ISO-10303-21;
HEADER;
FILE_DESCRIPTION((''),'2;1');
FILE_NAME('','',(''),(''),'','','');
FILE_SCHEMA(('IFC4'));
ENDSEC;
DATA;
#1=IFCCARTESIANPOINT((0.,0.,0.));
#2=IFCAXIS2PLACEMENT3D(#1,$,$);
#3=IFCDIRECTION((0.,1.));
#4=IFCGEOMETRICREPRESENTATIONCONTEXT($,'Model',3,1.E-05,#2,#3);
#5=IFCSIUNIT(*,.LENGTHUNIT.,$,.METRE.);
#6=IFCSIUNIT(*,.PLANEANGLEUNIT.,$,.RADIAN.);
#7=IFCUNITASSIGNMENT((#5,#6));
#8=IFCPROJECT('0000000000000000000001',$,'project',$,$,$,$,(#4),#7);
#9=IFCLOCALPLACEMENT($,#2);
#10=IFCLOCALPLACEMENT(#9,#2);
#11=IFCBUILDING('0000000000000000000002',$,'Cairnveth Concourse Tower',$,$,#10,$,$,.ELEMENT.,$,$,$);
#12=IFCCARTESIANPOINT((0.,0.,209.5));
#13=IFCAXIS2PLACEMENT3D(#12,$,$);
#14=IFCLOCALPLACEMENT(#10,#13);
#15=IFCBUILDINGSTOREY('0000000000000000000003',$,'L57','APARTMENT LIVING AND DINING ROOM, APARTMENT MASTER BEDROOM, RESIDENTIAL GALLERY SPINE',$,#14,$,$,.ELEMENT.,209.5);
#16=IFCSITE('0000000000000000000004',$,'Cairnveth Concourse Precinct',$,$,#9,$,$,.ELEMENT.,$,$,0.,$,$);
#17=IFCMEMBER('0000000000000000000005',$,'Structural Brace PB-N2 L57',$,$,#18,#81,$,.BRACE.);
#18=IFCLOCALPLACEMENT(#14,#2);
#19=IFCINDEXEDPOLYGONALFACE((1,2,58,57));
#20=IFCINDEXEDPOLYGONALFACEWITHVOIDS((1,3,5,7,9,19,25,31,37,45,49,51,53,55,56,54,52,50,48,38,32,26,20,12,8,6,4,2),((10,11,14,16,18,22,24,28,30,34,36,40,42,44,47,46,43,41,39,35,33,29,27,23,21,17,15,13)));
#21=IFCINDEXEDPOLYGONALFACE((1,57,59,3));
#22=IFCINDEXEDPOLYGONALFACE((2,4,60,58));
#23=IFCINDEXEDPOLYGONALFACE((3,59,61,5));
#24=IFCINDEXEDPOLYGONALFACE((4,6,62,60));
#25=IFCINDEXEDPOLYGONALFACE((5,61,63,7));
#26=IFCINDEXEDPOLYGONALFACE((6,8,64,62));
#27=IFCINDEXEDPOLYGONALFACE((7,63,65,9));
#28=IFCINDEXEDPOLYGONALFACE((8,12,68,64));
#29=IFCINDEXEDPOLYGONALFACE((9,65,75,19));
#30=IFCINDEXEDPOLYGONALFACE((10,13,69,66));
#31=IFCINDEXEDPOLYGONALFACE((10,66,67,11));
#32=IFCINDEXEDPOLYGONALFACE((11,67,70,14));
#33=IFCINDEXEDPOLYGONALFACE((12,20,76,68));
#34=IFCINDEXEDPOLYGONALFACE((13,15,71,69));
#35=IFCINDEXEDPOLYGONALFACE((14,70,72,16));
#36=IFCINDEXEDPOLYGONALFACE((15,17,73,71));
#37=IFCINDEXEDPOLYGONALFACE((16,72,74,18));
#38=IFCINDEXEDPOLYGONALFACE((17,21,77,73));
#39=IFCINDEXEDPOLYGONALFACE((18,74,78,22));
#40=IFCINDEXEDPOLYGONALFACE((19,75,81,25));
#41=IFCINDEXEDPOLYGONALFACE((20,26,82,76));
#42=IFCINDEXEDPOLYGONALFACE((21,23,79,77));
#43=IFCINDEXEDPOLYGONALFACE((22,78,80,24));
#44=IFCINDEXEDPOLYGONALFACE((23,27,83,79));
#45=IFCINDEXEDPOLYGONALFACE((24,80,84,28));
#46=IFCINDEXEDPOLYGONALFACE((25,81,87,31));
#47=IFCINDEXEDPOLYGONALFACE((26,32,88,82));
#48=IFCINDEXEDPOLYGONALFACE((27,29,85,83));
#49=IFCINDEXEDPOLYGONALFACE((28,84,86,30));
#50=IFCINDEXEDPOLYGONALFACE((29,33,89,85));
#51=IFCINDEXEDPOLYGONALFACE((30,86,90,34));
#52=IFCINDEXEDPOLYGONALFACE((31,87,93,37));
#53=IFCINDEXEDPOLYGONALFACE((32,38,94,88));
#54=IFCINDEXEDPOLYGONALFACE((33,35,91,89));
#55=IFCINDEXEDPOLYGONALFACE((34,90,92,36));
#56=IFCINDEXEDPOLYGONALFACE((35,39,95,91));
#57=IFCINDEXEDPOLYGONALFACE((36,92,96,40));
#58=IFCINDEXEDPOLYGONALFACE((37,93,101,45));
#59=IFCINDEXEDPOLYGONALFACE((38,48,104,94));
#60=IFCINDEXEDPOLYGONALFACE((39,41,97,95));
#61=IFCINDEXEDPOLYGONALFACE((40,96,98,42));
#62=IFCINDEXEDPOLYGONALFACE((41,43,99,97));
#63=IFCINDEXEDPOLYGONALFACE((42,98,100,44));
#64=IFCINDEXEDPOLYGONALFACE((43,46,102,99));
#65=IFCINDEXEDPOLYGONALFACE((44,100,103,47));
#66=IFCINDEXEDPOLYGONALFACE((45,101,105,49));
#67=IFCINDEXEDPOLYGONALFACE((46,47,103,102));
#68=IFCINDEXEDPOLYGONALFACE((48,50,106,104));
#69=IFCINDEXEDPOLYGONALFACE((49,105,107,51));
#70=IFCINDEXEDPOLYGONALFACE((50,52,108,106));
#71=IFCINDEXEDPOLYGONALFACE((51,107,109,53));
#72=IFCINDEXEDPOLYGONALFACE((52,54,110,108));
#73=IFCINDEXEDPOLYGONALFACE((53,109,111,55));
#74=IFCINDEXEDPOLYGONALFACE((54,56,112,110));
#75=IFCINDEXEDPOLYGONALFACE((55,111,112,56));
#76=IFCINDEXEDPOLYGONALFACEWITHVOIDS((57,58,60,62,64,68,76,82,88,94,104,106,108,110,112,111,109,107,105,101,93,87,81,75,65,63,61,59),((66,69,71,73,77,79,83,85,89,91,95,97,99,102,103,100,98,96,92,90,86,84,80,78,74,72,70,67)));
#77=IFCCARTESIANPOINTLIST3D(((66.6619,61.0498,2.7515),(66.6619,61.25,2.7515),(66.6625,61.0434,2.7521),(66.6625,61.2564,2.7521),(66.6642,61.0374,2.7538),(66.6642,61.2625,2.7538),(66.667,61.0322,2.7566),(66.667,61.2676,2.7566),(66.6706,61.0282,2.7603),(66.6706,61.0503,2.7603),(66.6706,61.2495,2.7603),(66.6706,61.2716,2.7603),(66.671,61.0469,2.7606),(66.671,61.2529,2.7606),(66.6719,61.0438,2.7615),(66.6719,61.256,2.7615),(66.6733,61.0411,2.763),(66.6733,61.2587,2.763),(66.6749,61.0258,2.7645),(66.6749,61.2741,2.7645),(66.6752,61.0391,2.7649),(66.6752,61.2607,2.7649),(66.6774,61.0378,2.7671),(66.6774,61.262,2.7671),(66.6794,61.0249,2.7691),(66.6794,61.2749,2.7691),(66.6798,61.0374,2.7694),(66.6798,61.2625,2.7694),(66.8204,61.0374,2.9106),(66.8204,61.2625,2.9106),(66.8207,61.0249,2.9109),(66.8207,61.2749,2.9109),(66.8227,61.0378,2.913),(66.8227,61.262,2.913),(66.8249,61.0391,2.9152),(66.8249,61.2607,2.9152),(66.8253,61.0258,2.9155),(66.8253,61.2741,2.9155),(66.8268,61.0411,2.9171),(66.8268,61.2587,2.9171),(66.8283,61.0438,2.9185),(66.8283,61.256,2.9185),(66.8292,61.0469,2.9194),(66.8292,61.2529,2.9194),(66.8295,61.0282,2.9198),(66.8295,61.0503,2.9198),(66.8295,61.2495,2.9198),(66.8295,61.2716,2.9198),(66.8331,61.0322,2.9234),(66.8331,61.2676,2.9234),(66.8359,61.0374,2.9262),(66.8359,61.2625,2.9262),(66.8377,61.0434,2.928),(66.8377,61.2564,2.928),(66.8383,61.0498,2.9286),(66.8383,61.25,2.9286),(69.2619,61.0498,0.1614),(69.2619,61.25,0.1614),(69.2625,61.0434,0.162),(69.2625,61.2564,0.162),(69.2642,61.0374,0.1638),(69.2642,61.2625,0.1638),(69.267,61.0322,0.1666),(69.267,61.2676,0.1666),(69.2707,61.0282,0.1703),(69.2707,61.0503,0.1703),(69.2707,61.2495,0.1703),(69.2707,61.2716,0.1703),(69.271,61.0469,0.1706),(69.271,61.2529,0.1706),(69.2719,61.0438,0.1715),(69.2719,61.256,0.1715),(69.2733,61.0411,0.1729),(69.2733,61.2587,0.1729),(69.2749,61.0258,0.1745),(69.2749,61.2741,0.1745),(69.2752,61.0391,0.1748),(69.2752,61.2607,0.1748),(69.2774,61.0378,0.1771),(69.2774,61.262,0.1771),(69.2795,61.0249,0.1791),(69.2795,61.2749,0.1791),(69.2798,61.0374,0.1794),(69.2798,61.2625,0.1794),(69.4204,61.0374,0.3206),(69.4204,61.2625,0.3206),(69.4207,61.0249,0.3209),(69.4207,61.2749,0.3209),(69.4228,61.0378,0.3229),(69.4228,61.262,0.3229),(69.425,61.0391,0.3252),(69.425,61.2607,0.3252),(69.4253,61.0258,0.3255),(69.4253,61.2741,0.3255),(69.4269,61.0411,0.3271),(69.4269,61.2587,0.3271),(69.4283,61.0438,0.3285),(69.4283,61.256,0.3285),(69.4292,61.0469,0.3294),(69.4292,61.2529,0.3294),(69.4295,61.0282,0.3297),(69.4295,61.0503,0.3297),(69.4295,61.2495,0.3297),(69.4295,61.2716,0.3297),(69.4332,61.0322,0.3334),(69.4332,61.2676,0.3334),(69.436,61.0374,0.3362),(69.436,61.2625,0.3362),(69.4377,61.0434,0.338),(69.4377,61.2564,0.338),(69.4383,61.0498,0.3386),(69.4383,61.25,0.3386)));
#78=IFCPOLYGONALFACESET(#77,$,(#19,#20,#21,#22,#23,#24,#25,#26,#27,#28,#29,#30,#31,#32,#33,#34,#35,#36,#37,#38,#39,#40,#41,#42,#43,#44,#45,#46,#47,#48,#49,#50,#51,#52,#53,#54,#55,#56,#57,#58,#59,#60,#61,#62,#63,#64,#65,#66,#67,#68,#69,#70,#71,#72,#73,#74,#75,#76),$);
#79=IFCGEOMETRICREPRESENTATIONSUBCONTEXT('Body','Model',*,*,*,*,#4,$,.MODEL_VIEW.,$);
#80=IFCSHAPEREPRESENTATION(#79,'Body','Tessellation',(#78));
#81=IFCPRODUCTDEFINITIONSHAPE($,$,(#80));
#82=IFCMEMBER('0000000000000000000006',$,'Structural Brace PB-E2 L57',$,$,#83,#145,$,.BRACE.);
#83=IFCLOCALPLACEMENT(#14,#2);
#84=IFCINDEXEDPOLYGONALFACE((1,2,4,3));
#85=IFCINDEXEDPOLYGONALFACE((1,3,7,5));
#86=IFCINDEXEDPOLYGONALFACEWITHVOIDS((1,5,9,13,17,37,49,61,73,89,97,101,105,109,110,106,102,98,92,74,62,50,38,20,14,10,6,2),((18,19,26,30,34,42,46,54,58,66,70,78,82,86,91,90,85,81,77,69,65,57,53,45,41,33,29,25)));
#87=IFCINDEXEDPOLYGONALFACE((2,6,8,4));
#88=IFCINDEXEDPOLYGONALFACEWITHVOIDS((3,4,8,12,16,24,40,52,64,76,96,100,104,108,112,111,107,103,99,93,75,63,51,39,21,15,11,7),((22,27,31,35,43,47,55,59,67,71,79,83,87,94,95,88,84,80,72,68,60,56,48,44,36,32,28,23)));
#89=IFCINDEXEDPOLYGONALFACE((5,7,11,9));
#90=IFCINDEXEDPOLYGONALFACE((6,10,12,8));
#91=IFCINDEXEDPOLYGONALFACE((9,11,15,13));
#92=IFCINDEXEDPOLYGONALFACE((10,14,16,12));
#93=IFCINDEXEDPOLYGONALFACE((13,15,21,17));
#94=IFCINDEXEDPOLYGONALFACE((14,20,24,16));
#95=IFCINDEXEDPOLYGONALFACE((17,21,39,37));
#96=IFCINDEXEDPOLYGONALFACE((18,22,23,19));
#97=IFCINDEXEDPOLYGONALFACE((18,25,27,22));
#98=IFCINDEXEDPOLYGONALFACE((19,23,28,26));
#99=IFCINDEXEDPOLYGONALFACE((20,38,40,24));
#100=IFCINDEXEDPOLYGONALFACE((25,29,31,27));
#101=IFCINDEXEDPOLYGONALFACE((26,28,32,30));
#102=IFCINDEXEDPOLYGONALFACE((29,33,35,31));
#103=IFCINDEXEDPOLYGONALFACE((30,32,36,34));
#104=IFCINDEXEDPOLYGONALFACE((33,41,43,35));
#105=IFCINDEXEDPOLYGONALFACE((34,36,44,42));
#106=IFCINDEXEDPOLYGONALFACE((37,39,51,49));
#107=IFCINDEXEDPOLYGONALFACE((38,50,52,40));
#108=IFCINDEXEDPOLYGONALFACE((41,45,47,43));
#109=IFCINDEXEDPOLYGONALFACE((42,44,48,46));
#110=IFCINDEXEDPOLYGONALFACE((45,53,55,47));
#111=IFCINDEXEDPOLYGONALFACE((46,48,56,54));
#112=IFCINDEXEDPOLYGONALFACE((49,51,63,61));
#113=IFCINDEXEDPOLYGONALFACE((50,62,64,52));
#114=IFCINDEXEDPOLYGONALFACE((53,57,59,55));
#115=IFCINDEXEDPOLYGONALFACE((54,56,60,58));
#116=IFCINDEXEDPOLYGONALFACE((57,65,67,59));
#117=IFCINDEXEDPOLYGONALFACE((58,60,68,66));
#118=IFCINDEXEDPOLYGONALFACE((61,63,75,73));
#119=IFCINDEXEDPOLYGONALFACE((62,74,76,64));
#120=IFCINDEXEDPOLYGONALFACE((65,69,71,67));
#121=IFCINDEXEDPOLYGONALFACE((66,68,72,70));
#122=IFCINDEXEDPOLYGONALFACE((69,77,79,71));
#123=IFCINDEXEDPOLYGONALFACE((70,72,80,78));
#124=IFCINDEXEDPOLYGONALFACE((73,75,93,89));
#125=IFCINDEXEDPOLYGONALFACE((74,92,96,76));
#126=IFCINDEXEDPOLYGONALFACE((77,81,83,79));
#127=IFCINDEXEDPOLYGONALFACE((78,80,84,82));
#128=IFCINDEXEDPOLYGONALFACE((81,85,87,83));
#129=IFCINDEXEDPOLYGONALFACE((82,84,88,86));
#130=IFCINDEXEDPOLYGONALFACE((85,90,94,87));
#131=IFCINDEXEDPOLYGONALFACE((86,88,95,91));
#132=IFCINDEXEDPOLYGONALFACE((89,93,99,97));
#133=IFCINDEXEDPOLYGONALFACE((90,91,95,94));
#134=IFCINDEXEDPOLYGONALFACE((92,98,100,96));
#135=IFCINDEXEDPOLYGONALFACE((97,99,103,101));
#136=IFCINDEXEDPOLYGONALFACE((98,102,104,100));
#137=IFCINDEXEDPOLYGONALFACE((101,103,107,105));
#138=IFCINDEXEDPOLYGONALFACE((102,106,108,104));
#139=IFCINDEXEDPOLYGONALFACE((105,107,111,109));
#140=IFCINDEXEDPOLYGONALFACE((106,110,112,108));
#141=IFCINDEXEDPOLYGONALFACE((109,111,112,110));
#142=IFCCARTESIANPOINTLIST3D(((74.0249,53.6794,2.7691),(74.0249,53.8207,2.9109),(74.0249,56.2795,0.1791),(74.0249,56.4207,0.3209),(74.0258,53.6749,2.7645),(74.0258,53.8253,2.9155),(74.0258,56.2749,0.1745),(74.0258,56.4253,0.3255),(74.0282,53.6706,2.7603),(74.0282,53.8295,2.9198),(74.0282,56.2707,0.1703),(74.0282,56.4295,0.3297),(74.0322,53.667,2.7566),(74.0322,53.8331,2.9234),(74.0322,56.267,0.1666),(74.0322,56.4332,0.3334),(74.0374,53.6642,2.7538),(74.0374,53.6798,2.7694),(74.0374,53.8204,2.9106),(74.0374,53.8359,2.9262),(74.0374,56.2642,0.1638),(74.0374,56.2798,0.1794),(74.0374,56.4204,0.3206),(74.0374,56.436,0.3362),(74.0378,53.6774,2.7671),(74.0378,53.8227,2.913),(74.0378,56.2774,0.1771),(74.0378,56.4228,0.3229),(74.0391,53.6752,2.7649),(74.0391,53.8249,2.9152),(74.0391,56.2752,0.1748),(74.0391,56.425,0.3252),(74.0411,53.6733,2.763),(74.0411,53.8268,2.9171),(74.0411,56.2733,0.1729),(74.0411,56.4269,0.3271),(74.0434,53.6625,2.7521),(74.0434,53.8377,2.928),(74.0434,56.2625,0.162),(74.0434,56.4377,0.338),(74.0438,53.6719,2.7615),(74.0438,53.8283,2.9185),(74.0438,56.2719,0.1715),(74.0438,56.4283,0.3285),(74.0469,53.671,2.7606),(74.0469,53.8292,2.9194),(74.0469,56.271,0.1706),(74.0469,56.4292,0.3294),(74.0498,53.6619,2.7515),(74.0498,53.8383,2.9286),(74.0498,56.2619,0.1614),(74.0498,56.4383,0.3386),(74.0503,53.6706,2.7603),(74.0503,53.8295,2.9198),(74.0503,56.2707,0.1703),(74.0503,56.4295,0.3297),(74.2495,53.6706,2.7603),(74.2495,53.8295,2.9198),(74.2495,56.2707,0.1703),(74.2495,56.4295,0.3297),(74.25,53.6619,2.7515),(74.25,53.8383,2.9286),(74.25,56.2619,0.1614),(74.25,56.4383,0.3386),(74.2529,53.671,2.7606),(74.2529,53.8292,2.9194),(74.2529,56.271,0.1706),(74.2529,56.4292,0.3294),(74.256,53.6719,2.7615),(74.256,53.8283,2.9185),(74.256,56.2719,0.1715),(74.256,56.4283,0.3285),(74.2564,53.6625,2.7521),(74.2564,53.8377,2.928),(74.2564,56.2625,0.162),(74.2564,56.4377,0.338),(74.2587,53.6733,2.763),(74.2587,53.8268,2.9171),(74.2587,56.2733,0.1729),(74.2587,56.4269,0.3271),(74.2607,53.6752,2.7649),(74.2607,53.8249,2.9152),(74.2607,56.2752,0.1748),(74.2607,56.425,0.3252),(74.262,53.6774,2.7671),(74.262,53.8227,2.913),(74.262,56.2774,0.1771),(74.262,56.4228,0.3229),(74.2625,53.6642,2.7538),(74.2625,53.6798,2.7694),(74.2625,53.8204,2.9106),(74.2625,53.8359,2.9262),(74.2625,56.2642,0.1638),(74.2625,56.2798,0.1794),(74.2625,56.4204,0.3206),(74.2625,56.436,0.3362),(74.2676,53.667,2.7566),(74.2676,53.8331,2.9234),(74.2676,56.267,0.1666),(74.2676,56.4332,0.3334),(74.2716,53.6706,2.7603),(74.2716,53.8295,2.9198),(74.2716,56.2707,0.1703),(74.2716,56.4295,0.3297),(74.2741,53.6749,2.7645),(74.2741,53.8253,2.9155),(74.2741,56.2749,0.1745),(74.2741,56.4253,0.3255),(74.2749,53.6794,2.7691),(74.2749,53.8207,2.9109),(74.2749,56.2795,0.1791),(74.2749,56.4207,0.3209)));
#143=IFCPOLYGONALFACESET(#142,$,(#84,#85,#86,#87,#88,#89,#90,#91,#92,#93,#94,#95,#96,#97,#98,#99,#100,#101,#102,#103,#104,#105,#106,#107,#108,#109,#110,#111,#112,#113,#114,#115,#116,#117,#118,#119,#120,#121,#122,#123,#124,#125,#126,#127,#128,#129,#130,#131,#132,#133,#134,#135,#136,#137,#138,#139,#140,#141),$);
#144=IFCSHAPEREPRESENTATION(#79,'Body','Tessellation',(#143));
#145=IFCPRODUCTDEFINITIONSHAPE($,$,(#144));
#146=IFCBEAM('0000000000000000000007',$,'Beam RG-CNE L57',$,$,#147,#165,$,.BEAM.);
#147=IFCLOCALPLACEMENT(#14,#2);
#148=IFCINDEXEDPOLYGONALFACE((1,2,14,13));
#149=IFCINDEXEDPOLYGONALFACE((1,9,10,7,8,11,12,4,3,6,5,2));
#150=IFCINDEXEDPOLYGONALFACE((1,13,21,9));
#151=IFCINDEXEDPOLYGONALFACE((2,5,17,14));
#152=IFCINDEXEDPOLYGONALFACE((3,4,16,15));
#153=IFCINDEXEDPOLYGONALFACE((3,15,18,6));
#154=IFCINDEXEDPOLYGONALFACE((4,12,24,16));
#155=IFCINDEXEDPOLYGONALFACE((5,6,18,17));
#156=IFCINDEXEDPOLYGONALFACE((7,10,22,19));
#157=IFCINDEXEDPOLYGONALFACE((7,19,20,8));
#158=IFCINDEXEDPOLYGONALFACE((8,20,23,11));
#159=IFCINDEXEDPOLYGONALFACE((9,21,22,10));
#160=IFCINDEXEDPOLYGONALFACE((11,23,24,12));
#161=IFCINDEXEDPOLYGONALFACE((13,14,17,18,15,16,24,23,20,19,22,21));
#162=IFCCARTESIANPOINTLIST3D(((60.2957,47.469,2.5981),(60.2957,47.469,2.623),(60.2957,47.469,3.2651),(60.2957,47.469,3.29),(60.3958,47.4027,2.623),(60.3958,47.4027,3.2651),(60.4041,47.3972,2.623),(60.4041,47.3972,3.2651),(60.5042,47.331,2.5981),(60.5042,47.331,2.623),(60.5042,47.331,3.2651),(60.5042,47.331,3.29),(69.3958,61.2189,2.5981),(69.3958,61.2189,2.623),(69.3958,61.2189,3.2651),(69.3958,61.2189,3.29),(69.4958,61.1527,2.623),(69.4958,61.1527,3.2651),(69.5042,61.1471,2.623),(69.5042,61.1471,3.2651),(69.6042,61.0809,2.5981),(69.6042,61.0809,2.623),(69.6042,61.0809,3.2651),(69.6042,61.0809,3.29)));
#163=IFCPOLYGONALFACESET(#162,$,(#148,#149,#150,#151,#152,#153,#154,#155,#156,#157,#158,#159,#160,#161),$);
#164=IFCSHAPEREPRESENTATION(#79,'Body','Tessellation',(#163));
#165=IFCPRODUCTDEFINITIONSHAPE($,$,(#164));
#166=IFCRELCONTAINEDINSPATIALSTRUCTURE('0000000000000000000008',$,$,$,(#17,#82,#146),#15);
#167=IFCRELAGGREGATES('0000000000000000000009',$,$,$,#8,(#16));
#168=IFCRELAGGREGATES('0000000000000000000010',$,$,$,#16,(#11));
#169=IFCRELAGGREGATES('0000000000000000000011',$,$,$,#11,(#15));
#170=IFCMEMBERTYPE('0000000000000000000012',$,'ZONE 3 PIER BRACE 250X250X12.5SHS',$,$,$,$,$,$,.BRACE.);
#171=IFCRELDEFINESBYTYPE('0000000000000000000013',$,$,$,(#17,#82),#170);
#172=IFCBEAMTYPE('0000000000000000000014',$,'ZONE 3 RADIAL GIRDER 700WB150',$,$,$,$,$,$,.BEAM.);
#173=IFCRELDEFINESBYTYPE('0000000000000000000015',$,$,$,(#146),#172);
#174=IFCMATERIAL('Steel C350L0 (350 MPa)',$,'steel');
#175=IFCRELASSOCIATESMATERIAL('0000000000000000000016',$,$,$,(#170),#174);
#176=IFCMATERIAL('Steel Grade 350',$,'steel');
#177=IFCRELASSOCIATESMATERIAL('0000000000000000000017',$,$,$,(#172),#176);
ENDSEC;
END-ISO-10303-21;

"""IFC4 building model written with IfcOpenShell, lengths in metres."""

from ifc_helpers import new_model, si_unit, direction, frame, origin, origin_2d, place, context, subcontext, project, spatial, hollow_rectangle, i_section, extrude, material, material_profile, profile_set, type_object, element, save


model = new_model("IFC4")

# Units and contexts
model_context = context("Model", 3, precision=1e-05, world=origin(), true_north=direction((0.0, 1.0)))
body_context = subcontext(model_context, "Body", "Model", "MODEL_VIEW")
ifc_project = project(units=[si_unit("LENGTHUNIT", "METRE"), si_unit("PLANEANGLEUNIT", "RADIAN")], contexts=[model_context])

# Site, building, storey
site_placement = place(None, origin())
site = spatial("IfcSite", under=ifc_project, at=site_placement, Name="Cairnveth Concourse Precinct", CompositionType="ELEMENT", RefElevation=0.0)
building_placement = place(site_placement, origin())
building = spatial("IfcBuilding", under=site, at=building_placement, Name="Cairnveth Concourse Tower", CompositionType="ELEMENT")
storey_placement = place(building_placement, frame((0.0, 0.0, 209.5)))
storey = spatial("IfcBuildingStorey", under=building, at=storey_placement, Name="L57", Description="APARTMENT LIVING AND DINING ROOM, APARTMENT MASTER BEDROOM, RESIDENTIAL GALLERY SPINE", CompositionType="ELEMENT", Elevation=209.5)

# Shared definitions
ifc_material_1 = material(Name="Steel Grade 350", Category="steel")

# Members
ifc_material_2 = material(Name="Steel C350L0 (350 MPa)", Category="steel")
ifc_material_profile_1 = material_profile(ifc_material_2, hollow_rectangle(XDim=0.25, YDim=0.25, WallThickness=0.0125, InnerFilletRadius=0.0129, OuterFilletRadius=0.0249, at=origin_2d()), Name="250x250x12.5SHS")
ifc_profile_set_1 = profile_set([ifc_material_profile_1], Name="Steel C350L0 (350 MPa)")
member_type = type_object("IfcMemberType", Name="ZONE 3 PIER BRACE 250X250X12.5SHS", PredefinedType="BRACE", material=ifc_profile_set_1)
for number, where, z_axis, x_axis, name in (
    (1, (69.3501, 61.1499, 0.25), (-0.708469, 0.0, 0.705742), (0.0, -1.0, 0.0), "Structural Brace PB-N2 L57"),
    (2, (74.1499, 56.3501, 0.25), (0.0, -0.708469, 0.705742), (1.0, 0.0, 0.0), "Structural Brace PB-E2 L57"),
):
    element("IfcMember", number, at=place(storey_placement, frame(where, z_axis=z_axis, x_axis=x_axis)), inside=storey, type_object=member_type, Name=name, PredefinedType="BRACE", context=body_context, shape_type="SweptSolid", body=[
        extrude(hollow_rectangle(XDim=0.25, YDim=0.25, WallThickness=0.0125, InnerFilletRadius=0.0129, OuterFilletRadius=0.0249, at=origin_2d()), origin(), (0.0, 0.0, 1.0), 3.6699),
    ])

# Beam
ifc_material_profile_2 = material_profile(ifc_material_1, i_section(OverallWidth=0.25, OverallDepth=0.6919, WebThickness=0.01, FlangeThickness=0.0249, at=origin_2d()), Name="700WB150")
ifc_profile_set_2 = profile_set([ifc_material_profile_2], Name="Steel Grade 350")
beam_type_1 = type_object("IfcBeamType", Name="ZONE 3 RADIAL GIRDER 700WB150", PredefinedType="BEAM", material=ifc_profile_set_2)
beam_1_placement = place(storey_placement, frame((69.5, 61.1499, 2.9441), z_axis=(-0.551902, -0.833909, 0.0), x_axis=(0.833909, -0.551902, 0.0)))
element("IfcBeam", 3, at=beam_1_placement, inside=storey, type_object=beam_type_1, Name="Beam RG-CNE L57", PredefinedType="BEAM", context=body_context, shape_type="SweptSolid", body=[
    extrude(i_section(OverallWidth=0.25, OverallDepth=0.6919, WebThickness=0.01, FlangeThickness=0.0249, at=origin_2d()), origin(), (0.0, 0.0, 1.0), 16.4885),
])

save(model, "model.ifc")
